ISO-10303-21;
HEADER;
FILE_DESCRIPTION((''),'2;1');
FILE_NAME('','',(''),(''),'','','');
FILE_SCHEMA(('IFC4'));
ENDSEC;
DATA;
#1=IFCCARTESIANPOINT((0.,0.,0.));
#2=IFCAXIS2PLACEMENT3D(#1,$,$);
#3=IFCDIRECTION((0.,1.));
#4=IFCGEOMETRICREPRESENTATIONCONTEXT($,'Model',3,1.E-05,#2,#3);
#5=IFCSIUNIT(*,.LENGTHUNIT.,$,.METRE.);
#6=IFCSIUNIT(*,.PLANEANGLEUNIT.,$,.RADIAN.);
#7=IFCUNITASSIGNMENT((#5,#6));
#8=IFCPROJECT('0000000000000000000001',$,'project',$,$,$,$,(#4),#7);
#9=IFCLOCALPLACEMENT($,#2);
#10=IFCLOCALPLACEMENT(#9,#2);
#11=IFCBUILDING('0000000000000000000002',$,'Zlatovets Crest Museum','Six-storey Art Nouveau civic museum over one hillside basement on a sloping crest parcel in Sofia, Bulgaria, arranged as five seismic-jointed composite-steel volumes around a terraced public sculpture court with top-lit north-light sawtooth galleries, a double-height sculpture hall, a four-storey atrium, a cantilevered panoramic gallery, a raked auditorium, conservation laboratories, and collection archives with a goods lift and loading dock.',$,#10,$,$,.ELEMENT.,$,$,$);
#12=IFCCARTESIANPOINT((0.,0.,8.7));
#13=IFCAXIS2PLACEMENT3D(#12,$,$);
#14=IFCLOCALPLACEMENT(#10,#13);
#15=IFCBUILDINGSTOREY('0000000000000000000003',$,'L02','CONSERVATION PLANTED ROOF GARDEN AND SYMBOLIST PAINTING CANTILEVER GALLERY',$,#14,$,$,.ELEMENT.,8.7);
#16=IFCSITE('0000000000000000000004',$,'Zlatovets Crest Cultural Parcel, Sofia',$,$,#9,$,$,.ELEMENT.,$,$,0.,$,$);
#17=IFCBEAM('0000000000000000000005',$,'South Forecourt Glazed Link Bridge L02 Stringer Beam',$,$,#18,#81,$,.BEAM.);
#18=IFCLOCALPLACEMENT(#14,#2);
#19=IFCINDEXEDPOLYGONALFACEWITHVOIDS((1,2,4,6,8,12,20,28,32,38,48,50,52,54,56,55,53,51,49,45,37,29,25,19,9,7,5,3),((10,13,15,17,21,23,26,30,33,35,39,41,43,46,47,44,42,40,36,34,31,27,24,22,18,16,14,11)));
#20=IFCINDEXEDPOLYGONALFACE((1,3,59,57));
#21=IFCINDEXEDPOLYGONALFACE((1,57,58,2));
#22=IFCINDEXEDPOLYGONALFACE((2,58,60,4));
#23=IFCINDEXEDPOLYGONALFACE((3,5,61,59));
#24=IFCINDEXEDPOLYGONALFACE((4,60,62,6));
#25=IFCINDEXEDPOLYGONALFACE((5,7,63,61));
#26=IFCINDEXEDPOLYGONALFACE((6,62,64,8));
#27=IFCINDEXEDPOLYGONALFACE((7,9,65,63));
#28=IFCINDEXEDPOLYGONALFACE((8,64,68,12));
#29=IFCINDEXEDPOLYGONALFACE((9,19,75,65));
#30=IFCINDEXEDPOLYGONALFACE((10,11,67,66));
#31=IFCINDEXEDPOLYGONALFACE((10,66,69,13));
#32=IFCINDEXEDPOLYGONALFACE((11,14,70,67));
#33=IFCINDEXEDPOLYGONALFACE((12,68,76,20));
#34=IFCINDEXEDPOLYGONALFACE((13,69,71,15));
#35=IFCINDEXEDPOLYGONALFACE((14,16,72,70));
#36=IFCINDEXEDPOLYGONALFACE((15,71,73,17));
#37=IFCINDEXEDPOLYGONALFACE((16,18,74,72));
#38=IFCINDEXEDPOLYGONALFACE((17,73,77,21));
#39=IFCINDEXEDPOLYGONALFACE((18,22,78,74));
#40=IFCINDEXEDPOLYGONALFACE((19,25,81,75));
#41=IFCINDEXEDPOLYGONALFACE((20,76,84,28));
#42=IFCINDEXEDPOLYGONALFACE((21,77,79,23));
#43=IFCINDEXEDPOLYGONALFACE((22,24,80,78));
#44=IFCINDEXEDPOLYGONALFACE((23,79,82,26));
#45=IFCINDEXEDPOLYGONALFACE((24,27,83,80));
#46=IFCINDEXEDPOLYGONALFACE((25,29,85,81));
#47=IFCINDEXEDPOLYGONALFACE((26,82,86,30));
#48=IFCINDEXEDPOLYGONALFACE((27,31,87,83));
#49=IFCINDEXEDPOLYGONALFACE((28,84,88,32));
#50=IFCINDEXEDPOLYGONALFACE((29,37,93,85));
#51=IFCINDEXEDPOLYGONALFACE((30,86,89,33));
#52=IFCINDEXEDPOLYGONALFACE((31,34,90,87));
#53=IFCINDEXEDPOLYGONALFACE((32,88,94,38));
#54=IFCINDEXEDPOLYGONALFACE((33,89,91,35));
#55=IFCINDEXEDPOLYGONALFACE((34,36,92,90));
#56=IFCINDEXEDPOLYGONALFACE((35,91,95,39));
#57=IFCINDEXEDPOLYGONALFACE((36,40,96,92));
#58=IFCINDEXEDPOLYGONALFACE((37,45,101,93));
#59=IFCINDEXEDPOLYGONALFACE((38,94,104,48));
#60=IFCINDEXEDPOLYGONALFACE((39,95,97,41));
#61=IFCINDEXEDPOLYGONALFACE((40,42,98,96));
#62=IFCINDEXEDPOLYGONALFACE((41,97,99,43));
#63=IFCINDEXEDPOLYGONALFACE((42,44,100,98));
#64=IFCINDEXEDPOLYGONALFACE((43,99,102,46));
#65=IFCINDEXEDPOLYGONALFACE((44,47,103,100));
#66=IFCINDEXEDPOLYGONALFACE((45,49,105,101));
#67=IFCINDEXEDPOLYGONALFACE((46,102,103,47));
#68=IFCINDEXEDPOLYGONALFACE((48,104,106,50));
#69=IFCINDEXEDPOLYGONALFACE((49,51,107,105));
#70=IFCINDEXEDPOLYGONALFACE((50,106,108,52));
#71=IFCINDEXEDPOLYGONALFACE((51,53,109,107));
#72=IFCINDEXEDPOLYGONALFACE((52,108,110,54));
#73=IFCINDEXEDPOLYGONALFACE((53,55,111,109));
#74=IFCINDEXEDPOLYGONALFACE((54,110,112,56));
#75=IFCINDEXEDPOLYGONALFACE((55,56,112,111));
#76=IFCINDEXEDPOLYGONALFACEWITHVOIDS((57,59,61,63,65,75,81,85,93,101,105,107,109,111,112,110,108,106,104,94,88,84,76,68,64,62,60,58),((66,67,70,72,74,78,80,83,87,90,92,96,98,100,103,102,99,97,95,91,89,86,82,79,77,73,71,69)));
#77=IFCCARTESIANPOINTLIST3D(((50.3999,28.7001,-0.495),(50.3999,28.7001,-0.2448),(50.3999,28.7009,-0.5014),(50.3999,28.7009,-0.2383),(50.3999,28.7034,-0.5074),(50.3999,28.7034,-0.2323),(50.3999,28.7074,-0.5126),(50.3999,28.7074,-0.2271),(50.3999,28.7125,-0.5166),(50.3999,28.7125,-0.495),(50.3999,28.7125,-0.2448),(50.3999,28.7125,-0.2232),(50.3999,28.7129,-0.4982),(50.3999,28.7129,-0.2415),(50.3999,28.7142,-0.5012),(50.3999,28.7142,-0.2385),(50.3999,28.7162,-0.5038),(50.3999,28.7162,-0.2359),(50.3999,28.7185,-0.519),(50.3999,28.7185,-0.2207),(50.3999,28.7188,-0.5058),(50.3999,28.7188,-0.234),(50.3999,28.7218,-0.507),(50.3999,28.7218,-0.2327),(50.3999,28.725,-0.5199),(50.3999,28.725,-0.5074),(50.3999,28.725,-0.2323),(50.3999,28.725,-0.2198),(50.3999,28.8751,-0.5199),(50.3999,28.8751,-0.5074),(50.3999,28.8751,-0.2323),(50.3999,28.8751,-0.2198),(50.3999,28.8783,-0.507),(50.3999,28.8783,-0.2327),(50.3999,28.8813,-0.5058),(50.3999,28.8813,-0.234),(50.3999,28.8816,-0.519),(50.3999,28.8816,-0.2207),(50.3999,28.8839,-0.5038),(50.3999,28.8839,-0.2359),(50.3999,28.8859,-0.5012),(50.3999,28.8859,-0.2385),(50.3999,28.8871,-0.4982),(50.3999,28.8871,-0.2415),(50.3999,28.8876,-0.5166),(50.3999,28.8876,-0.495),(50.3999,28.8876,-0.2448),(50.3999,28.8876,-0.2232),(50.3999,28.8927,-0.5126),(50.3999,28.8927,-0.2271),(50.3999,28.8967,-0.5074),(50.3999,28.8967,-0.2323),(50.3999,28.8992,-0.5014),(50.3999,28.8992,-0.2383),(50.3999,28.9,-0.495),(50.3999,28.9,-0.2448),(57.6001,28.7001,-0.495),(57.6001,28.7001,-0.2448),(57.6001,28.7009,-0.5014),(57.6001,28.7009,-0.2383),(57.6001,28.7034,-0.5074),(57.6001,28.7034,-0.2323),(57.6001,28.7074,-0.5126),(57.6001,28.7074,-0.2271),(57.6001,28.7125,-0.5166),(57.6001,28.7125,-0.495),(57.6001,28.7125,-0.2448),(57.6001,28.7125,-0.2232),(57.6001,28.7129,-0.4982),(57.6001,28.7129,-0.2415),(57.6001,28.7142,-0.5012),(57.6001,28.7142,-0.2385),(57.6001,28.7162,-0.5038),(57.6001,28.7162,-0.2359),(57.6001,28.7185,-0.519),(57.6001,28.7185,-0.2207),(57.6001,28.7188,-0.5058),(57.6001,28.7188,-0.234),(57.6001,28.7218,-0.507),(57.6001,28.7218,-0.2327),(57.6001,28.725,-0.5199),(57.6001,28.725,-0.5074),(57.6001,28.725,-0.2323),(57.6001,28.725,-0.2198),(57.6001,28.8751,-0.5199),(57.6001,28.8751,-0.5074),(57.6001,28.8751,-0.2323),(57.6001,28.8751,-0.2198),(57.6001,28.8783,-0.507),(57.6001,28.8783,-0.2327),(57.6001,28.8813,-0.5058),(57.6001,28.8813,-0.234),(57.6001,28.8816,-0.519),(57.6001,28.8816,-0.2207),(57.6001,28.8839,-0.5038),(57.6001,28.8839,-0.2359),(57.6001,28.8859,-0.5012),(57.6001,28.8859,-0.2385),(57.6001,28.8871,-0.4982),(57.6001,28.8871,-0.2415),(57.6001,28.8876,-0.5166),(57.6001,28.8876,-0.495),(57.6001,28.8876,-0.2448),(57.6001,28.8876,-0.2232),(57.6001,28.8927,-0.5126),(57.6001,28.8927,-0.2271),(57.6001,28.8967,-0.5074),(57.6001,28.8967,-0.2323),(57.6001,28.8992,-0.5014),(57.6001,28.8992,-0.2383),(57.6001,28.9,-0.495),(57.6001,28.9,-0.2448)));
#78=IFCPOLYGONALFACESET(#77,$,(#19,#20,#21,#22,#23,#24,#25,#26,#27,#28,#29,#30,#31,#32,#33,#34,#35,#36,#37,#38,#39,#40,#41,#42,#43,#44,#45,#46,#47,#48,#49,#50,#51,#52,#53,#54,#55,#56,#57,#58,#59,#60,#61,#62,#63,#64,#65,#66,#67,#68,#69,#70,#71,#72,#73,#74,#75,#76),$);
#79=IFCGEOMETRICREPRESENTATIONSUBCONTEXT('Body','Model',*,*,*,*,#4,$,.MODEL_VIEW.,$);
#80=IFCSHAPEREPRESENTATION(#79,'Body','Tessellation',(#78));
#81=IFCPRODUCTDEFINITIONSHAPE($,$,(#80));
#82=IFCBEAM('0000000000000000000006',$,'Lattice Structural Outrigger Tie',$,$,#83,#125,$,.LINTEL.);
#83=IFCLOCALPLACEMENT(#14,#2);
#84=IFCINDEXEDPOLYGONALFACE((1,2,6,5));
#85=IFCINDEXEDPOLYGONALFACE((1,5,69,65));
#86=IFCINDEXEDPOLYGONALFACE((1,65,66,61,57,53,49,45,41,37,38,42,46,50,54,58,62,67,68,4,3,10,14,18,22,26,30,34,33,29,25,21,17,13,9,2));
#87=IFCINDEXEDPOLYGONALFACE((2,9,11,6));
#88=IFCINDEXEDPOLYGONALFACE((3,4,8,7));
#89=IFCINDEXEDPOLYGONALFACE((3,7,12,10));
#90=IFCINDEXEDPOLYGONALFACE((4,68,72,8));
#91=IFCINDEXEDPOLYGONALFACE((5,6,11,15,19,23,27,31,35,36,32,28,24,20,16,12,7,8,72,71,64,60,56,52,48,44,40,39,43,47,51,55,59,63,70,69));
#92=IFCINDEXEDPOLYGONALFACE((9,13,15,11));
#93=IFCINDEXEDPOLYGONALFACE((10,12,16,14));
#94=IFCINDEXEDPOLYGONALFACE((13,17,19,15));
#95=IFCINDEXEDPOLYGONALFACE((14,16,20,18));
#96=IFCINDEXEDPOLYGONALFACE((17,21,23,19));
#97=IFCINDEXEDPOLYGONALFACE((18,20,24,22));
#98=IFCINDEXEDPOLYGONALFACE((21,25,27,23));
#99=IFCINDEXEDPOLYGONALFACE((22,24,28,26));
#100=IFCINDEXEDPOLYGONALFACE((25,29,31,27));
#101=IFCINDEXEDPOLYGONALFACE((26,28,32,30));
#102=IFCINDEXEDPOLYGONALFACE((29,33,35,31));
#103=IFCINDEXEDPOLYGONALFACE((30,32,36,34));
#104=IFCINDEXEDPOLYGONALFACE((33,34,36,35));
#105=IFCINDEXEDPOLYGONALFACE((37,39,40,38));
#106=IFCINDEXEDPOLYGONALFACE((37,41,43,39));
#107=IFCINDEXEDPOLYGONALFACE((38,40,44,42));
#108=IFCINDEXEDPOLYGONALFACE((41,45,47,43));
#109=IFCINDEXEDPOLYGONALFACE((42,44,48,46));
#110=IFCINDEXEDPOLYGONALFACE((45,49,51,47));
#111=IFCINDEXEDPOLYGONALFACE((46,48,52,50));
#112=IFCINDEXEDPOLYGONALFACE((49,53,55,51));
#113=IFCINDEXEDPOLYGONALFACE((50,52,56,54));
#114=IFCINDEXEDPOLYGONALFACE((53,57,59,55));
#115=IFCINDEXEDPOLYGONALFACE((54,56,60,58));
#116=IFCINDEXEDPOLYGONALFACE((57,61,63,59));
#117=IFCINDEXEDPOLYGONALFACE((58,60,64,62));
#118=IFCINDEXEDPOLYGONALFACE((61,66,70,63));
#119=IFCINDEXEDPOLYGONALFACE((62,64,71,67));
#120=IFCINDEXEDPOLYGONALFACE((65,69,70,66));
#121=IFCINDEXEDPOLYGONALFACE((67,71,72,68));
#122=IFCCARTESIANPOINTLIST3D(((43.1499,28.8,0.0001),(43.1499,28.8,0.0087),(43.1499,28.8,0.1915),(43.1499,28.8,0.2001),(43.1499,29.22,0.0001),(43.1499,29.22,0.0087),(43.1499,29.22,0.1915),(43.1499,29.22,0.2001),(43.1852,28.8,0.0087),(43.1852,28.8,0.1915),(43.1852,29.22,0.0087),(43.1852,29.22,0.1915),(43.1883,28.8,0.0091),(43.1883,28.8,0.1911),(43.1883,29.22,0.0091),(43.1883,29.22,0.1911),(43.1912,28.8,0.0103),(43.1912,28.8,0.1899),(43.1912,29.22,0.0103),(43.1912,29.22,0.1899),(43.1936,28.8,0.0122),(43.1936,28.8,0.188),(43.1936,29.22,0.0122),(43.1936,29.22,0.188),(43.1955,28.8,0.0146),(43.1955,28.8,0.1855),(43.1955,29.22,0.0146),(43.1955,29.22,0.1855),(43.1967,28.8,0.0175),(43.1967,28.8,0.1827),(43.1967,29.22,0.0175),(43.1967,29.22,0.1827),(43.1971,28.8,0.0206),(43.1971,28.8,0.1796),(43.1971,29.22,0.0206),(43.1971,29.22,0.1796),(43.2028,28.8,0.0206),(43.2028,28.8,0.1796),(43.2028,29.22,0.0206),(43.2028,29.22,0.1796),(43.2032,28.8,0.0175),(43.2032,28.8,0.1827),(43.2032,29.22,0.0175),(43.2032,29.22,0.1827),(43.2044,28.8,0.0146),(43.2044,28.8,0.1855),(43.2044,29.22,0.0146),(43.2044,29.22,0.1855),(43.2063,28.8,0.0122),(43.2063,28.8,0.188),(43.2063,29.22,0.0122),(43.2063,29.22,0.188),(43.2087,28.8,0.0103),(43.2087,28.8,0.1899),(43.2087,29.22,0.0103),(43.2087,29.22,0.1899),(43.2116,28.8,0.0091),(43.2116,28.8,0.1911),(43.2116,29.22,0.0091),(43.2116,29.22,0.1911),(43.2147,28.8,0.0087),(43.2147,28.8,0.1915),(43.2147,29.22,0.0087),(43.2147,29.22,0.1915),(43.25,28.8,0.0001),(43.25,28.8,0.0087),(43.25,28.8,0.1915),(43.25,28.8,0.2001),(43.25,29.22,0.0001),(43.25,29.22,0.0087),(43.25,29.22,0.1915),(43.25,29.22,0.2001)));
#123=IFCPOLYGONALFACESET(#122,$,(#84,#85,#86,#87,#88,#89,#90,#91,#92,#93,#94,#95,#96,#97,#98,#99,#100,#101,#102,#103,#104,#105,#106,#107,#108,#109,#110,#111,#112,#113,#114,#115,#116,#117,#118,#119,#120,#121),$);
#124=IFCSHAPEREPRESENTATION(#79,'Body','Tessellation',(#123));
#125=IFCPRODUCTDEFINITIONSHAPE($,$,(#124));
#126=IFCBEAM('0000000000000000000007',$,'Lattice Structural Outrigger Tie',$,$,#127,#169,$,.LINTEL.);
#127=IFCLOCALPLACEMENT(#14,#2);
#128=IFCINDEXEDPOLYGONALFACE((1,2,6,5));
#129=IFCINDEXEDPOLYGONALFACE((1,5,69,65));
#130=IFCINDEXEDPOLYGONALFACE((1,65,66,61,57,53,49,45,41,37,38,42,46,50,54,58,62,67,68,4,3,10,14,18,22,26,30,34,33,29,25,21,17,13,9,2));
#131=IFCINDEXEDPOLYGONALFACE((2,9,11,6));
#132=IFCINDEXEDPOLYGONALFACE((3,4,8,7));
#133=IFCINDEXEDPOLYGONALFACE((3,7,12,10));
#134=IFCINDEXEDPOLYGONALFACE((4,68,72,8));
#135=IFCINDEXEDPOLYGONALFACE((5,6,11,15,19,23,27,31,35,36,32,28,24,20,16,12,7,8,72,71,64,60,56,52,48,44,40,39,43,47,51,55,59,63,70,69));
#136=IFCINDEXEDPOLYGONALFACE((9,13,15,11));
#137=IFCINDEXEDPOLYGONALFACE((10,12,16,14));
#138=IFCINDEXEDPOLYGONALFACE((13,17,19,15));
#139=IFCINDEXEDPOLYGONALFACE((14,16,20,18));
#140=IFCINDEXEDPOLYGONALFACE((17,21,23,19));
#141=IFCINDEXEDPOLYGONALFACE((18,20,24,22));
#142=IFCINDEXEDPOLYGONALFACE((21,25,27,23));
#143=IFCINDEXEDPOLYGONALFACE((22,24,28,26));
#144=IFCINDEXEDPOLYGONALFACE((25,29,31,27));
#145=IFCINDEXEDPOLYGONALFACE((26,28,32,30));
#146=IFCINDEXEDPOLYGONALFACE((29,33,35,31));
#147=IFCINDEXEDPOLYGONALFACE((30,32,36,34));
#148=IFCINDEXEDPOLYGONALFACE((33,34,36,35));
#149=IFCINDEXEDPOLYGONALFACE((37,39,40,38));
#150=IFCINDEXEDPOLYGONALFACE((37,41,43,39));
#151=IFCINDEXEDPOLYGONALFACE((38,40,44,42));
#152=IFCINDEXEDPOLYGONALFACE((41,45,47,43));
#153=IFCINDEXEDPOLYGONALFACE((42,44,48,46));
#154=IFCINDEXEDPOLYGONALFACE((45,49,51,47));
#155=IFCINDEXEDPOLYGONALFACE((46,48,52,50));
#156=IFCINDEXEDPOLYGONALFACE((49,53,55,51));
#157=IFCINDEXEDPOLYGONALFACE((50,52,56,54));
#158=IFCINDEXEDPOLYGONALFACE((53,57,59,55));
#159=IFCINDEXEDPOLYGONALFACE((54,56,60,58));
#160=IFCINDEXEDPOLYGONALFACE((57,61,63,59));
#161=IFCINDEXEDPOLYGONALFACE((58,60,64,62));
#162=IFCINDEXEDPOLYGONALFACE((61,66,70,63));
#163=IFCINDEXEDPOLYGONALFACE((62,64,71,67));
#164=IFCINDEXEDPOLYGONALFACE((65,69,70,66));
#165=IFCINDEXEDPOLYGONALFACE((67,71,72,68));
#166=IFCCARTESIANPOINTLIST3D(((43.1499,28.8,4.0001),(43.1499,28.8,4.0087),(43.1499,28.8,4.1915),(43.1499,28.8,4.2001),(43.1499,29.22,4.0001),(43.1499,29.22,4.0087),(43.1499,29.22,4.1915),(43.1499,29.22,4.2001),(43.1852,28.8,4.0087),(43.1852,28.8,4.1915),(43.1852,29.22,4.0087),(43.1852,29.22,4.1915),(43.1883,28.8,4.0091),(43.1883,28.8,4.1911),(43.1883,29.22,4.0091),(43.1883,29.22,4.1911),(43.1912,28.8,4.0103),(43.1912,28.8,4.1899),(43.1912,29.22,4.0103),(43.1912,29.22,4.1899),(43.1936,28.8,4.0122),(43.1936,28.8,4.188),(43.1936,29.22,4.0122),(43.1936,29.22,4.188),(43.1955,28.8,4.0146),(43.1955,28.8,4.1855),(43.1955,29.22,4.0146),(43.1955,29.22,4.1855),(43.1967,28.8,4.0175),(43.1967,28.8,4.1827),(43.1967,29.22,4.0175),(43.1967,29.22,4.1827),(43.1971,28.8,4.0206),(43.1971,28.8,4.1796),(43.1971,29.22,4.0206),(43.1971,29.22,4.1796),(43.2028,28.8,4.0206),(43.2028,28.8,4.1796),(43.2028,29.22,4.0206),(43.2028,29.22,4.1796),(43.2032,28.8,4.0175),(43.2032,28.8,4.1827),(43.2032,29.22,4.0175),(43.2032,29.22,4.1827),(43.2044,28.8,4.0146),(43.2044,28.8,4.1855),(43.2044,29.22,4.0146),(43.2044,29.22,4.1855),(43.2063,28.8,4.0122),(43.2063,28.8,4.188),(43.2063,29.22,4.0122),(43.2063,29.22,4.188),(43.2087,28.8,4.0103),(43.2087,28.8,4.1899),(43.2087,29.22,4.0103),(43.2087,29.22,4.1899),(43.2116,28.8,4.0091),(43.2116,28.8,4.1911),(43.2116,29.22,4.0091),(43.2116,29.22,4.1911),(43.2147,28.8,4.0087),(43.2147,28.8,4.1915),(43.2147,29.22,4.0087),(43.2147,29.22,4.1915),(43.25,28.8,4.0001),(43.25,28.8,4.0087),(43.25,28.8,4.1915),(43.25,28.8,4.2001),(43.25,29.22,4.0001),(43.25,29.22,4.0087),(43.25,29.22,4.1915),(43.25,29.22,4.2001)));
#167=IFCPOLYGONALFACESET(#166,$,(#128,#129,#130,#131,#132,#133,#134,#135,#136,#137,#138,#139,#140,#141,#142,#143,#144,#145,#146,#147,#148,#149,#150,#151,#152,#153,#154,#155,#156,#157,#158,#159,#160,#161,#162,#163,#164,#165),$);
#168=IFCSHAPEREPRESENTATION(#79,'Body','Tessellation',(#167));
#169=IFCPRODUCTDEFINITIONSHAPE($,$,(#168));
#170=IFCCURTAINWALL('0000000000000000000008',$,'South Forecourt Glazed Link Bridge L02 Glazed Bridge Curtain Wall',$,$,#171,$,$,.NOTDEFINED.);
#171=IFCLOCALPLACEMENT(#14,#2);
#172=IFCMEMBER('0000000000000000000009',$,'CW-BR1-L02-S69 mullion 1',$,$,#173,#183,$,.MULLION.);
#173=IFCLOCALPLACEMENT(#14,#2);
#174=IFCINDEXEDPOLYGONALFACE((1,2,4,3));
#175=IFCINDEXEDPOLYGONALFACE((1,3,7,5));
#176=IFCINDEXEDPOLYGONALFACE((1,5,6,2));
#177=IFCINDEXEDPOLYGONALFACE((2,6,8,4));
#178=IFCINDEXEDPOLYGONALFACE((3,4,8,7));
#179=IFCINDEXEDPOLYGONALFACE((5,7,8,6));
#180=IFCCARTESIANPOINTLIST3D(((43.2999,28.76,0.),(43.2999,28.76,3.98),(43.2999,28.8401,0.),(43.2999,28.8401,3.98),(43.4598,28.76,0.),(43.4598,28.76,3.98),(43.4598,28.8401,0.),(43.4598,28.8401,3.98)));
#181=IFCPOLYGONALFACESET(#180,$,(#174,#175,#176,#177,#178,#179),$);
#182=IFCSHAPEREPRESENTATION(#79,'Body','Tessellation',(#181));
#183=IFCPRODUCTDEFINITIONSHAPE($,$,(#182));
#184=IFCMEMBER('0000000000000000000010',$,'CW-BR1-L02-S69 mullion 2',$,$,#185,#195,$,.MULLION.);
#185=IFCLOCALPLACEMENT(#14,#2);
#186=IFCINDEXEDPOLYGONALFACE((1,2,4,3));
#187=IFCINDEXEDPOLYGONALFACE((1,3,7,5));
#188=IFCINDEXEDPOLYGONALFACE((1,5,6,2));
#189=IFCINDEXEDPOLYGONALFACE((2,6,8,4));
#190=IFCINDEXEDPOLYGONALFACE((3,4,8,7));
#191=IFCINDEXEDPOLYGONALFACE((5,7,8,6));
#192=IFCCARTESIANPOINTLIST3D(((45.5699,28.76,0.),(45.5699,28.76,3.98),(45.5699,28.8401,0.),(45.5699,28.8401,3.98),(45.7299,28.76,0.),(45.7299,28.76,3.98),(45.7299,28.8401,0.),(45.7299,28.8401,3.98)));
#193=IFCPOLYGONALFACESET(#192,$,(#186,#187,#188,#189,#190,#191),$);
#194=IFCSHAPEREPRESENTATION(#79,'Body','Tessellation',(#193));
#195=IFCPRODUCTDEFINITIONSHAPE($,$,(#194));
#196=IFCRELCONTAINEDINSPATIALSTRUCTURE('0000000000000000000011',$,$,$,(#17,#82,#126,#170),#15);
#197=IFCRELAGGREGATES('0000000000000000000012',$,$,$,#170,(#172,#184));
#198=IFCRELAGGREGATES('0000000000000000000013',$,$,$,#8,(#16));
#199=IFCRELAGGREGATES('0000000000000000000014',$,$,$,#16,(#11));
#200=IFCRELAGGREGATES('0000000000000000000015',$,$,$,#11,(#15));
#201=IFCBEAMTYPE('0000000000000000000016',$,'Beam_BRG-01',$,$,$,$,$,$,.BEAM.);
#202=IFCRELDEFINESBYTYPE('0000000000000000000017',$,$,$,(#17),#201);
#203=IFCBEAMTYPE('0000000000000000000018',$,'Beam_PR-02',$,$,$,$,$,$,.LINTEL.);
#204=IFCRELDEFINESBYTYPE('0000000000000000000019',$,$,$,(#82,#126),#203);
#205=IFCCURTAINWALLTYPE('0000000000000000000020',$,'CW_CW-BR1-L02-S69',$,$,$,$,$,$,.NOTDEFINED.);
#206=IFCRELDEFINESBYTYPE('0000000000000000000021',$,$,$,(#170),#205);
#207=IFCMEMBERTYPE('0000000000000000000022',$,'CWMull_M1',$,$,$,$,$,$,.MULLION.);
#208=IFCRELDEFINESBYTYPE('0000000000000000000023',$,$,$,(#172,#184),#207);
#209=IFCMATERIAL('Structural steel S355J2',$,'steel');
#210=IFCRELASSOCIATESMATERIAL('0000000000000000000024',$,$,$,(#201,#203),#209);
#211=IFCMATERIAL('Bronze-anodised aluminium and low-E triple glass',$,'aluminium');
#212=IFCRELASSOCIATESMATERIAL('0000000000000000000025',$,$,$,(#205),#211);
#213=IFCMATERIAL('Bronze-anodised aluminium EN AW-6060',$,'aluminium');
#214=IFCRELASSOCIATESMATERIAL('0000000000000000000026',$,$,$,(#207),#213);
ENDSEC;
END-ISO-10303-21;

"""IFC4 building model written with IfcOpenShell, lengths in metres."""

from ifc_helpers import new_model, si_unit, direction, frame, origin, origin_2d, place, context, subcontext, project, spatial, rectangle, hollow_rectangle, i_section, extrude, material, material_profile, profile_set, type_object, element, aggregate, save


model = new_model("IFC4")

# Units and contexts
model_context = context("Model", 3, precision=1e-05, world=origin(), true_north=direction((0.0, 1.0)))
body_context = subcontext(model_context, "Body", "Model", "MODEL_VIEW")
ifc_project = project(units=[si_unit("LENGTHUNIT", "METRE"), si_unit("PLANEANGLEUNIT", "RADIAN")], contexts=[model_context])

# Site, building, storey
site_placement = place(None, origin())
site = spatial("IfcSite", under=ifc_project, at=site_placement, Name="Zlatovets Crest Cultural Parcel, Sofia", CompositionType="ELEMENT", RefElevation=0.0)
building_placement = place(site_placement, origin())
building = spatial("IfcBuilding", under=site, at=building_placement, Name="Zlatovets Crest Museum", Description="Six-storey Art Nouveau civic museum over one hillside basement on a sloping crest parcel in Sofia, Bulgaria, arranged as five seismic-jointed composite-steel volumes around a terraced public sculpture court with top-lit north-light sawtooth galleries, a double-height sculpture hall, a four-storey atrium, a cantilevered panoramic gallery, a raked auditorium, conservation laboratories, and collection archives with a goods lift and loading dock.", CompositionType="ELEMENT")
storey_placement = place(building_placement, frame((0.0, 0.0, 8.7)))
storey = spatial("IfcBuildingStorey", under=building, at=storey_placement, Name="L02", Description="CONSERVATION PLANTED ROOF GARDEN AND SYMBOLIST PAINTING CANTILEVER GALLERY", CompositionType="ELEMENT", Elevation=8.7)

# Shared definitions
ifc_material_1 = material(Name="Structural steel S355J2", Category="steel")

# Beams
ifc_material_profile_1 = material_profile(ifc_material_1, hollow_rectangle(XDim=0.2, YDim=0.3, WallThickness=0.0125, InnerFilletRadius=0.0125, OuterFilletRadius=0.0249, at=origin_2d()), Name="RHS 200x300x12.5")
ifc_profile_set_1 = profile_set([ifc_material_profile_1], Name="Structural steel S355J2")
beam_type_1 = type_object("IfcBeamType", Name="Beam_BRG-01", PredefinedType="BEAM", material=ifc_profile_set_1)
beam_1_placement = place(storey_placement, frame((50.3999, 28.8, -0.3699), z_axis=(1.0, 0.0, 0.0), x_axis=(0.0, 1.0, 0.0)))
element("IfcBeam", 1, at=beam_1_placement, inside=storey, type_object=beam_type_1, Name="South Forecourt Glazed Link Bridge L02 Stringer Beam", PredefinedType="BEAM", context=body_context, shape_type="SweptSolid", body=[
    extrude(hollow_rectangle(XDim=0.2, YDim=0.3, WallThickness=0.0125, InnerFilletRadius=0.0125, OuterFilletRadius=0.0249, at=origin_2d()), origin(), (0.0, 0.0, 1.0), 7.2002),
])
ifc_material_profile_2 = material_profile(ifc_material_1, i_section(OverallWidth=0.1001, OverallDepth=0.2, WebThickness=0.0056, FlangeThickness=0.0085, FilletRadius=0.012, at=origin_2d()), Name="IPE 200")
ifc_profile_set_2 = profile_set([ifc_material_profile_2], Name="Structural steel S355J2")
beam_type_2 = type_object("IfcBeamType", Name="Beam_PR-02", PredefinedType="LINTEL", material=ifc_profile_set_2)
for number, where, z_axis, x_axis, name in (
    (2, (43.2, 28.8, 0.1001), (0.0, 1.0, 0.0), (-1.0, 0.0, 0.0), "Lattice Structural Outrigger Tie"),
    (3, (43.2, 28.8, 4.1001), (0.0, 1.0, 0.0), (-1.0, 0.0, 0.0), "Lattice Structural Outrigger Tie"),
):
    element("IfcBeam", number, at=place(storey_placement, frame(where, z_axis=z_axis, x_axis=x_axis)), inside=storey, type_object=beam_type_2, Name=name, PredefinedType="LINTEL", context=body_context, shape_type="SweptSolid", body=[
        extrude(i_section(OverallWidth=0.1001, OverallDepth=0.2, WebThickness=0.0056, FlangeThickness=0.0085, FilletRadius=0.012, at=origin_2d()), origin(), (0.0, 0.0, 1.0), 0.4199),
    ])

# Curtain wall, members
ifc_material_2 = material(Name="Bronze-anodised aluminium and low-E triple glass", Category="aluminium")
curtain_wall_type = type_object("IfcCurtainWallType", Name="CW_CW-BR1-L02-S69", PredefinedType="NOTDEFINED", material=ifc_material_2)
curtain_wall_1_placement = place(storey_placement, origin())
curtain_wall_1 = element("IfcCurtainWall", 4, at=curtain_wall_1_placement, inside=storey, type_object=curtain_wall_type, Name="South Forecourt Glazed Link Bridge L02 Glazed Bridge Curtain Wall", PredefinedType="NOTDEFINED")
ifc_material_3 = material(Name="Bronze-anodised aluminium EN AW-6060", Category="aluminium")
ifc_material_profile_3 = material_profile(ifc_material_3, rectangle(XDim=0.0801, YDim=0.1599, at=origin_2d()), Name="ALU 80x160")
ifc_profile_set_3 = profile_set([ifc_material_profile_3], Name="Bronze-anodised aluminium EN AW-6060")
member_type_1 = type_object("IfcMemberType", Name="CWMull_M1", PredefinedType="MULLION", material=ifc_profile_set_3)
member_1_placement = place(storey_placement, frame((43.3799, 28.8, 0.0), z_axis=(0.0, 0.0, 1.0), x_axis=(0.0, 1.0, 0.0)))
member_1 = element("IfcMember", 5, at=member_1_placement, type_object=member_type_1, Name="CW-BR1-L02-S69 mullion 1", PredefinedType="MULLION", context=body_context, shape_type="SweptSolid", body=[
    extrude(rectangle(XDim=0.0801, YDim=0.1599, at=origin_2d()), origin(), (0.0, 0.0, 1.0), 3.98),
])
member_2_placement = place(storey_placement, frame((45.6499, 28.8, 0.0), z_axis=(0.0, 0.0, 1.0), x_axis=(0.0, 1.0, 0.0)))
member_2 = element("IfcMember", 6, at=member_2_placement, type_object=member_type_1, Name="CW-BR1-L02-S69 mullion 2", PredefinedType="MULLION", context=body_context, shape_type="SweptSolid", body=[
    extrude(rectangle(XDim=0.0801, YDim=0.1599, at=origin_2d()), origin(), (0.0, 0.0, 1.0), 3.98),
])

aggregate(curtain_wall_1, [member_1, member_2])

save(model, "model.ifc")
